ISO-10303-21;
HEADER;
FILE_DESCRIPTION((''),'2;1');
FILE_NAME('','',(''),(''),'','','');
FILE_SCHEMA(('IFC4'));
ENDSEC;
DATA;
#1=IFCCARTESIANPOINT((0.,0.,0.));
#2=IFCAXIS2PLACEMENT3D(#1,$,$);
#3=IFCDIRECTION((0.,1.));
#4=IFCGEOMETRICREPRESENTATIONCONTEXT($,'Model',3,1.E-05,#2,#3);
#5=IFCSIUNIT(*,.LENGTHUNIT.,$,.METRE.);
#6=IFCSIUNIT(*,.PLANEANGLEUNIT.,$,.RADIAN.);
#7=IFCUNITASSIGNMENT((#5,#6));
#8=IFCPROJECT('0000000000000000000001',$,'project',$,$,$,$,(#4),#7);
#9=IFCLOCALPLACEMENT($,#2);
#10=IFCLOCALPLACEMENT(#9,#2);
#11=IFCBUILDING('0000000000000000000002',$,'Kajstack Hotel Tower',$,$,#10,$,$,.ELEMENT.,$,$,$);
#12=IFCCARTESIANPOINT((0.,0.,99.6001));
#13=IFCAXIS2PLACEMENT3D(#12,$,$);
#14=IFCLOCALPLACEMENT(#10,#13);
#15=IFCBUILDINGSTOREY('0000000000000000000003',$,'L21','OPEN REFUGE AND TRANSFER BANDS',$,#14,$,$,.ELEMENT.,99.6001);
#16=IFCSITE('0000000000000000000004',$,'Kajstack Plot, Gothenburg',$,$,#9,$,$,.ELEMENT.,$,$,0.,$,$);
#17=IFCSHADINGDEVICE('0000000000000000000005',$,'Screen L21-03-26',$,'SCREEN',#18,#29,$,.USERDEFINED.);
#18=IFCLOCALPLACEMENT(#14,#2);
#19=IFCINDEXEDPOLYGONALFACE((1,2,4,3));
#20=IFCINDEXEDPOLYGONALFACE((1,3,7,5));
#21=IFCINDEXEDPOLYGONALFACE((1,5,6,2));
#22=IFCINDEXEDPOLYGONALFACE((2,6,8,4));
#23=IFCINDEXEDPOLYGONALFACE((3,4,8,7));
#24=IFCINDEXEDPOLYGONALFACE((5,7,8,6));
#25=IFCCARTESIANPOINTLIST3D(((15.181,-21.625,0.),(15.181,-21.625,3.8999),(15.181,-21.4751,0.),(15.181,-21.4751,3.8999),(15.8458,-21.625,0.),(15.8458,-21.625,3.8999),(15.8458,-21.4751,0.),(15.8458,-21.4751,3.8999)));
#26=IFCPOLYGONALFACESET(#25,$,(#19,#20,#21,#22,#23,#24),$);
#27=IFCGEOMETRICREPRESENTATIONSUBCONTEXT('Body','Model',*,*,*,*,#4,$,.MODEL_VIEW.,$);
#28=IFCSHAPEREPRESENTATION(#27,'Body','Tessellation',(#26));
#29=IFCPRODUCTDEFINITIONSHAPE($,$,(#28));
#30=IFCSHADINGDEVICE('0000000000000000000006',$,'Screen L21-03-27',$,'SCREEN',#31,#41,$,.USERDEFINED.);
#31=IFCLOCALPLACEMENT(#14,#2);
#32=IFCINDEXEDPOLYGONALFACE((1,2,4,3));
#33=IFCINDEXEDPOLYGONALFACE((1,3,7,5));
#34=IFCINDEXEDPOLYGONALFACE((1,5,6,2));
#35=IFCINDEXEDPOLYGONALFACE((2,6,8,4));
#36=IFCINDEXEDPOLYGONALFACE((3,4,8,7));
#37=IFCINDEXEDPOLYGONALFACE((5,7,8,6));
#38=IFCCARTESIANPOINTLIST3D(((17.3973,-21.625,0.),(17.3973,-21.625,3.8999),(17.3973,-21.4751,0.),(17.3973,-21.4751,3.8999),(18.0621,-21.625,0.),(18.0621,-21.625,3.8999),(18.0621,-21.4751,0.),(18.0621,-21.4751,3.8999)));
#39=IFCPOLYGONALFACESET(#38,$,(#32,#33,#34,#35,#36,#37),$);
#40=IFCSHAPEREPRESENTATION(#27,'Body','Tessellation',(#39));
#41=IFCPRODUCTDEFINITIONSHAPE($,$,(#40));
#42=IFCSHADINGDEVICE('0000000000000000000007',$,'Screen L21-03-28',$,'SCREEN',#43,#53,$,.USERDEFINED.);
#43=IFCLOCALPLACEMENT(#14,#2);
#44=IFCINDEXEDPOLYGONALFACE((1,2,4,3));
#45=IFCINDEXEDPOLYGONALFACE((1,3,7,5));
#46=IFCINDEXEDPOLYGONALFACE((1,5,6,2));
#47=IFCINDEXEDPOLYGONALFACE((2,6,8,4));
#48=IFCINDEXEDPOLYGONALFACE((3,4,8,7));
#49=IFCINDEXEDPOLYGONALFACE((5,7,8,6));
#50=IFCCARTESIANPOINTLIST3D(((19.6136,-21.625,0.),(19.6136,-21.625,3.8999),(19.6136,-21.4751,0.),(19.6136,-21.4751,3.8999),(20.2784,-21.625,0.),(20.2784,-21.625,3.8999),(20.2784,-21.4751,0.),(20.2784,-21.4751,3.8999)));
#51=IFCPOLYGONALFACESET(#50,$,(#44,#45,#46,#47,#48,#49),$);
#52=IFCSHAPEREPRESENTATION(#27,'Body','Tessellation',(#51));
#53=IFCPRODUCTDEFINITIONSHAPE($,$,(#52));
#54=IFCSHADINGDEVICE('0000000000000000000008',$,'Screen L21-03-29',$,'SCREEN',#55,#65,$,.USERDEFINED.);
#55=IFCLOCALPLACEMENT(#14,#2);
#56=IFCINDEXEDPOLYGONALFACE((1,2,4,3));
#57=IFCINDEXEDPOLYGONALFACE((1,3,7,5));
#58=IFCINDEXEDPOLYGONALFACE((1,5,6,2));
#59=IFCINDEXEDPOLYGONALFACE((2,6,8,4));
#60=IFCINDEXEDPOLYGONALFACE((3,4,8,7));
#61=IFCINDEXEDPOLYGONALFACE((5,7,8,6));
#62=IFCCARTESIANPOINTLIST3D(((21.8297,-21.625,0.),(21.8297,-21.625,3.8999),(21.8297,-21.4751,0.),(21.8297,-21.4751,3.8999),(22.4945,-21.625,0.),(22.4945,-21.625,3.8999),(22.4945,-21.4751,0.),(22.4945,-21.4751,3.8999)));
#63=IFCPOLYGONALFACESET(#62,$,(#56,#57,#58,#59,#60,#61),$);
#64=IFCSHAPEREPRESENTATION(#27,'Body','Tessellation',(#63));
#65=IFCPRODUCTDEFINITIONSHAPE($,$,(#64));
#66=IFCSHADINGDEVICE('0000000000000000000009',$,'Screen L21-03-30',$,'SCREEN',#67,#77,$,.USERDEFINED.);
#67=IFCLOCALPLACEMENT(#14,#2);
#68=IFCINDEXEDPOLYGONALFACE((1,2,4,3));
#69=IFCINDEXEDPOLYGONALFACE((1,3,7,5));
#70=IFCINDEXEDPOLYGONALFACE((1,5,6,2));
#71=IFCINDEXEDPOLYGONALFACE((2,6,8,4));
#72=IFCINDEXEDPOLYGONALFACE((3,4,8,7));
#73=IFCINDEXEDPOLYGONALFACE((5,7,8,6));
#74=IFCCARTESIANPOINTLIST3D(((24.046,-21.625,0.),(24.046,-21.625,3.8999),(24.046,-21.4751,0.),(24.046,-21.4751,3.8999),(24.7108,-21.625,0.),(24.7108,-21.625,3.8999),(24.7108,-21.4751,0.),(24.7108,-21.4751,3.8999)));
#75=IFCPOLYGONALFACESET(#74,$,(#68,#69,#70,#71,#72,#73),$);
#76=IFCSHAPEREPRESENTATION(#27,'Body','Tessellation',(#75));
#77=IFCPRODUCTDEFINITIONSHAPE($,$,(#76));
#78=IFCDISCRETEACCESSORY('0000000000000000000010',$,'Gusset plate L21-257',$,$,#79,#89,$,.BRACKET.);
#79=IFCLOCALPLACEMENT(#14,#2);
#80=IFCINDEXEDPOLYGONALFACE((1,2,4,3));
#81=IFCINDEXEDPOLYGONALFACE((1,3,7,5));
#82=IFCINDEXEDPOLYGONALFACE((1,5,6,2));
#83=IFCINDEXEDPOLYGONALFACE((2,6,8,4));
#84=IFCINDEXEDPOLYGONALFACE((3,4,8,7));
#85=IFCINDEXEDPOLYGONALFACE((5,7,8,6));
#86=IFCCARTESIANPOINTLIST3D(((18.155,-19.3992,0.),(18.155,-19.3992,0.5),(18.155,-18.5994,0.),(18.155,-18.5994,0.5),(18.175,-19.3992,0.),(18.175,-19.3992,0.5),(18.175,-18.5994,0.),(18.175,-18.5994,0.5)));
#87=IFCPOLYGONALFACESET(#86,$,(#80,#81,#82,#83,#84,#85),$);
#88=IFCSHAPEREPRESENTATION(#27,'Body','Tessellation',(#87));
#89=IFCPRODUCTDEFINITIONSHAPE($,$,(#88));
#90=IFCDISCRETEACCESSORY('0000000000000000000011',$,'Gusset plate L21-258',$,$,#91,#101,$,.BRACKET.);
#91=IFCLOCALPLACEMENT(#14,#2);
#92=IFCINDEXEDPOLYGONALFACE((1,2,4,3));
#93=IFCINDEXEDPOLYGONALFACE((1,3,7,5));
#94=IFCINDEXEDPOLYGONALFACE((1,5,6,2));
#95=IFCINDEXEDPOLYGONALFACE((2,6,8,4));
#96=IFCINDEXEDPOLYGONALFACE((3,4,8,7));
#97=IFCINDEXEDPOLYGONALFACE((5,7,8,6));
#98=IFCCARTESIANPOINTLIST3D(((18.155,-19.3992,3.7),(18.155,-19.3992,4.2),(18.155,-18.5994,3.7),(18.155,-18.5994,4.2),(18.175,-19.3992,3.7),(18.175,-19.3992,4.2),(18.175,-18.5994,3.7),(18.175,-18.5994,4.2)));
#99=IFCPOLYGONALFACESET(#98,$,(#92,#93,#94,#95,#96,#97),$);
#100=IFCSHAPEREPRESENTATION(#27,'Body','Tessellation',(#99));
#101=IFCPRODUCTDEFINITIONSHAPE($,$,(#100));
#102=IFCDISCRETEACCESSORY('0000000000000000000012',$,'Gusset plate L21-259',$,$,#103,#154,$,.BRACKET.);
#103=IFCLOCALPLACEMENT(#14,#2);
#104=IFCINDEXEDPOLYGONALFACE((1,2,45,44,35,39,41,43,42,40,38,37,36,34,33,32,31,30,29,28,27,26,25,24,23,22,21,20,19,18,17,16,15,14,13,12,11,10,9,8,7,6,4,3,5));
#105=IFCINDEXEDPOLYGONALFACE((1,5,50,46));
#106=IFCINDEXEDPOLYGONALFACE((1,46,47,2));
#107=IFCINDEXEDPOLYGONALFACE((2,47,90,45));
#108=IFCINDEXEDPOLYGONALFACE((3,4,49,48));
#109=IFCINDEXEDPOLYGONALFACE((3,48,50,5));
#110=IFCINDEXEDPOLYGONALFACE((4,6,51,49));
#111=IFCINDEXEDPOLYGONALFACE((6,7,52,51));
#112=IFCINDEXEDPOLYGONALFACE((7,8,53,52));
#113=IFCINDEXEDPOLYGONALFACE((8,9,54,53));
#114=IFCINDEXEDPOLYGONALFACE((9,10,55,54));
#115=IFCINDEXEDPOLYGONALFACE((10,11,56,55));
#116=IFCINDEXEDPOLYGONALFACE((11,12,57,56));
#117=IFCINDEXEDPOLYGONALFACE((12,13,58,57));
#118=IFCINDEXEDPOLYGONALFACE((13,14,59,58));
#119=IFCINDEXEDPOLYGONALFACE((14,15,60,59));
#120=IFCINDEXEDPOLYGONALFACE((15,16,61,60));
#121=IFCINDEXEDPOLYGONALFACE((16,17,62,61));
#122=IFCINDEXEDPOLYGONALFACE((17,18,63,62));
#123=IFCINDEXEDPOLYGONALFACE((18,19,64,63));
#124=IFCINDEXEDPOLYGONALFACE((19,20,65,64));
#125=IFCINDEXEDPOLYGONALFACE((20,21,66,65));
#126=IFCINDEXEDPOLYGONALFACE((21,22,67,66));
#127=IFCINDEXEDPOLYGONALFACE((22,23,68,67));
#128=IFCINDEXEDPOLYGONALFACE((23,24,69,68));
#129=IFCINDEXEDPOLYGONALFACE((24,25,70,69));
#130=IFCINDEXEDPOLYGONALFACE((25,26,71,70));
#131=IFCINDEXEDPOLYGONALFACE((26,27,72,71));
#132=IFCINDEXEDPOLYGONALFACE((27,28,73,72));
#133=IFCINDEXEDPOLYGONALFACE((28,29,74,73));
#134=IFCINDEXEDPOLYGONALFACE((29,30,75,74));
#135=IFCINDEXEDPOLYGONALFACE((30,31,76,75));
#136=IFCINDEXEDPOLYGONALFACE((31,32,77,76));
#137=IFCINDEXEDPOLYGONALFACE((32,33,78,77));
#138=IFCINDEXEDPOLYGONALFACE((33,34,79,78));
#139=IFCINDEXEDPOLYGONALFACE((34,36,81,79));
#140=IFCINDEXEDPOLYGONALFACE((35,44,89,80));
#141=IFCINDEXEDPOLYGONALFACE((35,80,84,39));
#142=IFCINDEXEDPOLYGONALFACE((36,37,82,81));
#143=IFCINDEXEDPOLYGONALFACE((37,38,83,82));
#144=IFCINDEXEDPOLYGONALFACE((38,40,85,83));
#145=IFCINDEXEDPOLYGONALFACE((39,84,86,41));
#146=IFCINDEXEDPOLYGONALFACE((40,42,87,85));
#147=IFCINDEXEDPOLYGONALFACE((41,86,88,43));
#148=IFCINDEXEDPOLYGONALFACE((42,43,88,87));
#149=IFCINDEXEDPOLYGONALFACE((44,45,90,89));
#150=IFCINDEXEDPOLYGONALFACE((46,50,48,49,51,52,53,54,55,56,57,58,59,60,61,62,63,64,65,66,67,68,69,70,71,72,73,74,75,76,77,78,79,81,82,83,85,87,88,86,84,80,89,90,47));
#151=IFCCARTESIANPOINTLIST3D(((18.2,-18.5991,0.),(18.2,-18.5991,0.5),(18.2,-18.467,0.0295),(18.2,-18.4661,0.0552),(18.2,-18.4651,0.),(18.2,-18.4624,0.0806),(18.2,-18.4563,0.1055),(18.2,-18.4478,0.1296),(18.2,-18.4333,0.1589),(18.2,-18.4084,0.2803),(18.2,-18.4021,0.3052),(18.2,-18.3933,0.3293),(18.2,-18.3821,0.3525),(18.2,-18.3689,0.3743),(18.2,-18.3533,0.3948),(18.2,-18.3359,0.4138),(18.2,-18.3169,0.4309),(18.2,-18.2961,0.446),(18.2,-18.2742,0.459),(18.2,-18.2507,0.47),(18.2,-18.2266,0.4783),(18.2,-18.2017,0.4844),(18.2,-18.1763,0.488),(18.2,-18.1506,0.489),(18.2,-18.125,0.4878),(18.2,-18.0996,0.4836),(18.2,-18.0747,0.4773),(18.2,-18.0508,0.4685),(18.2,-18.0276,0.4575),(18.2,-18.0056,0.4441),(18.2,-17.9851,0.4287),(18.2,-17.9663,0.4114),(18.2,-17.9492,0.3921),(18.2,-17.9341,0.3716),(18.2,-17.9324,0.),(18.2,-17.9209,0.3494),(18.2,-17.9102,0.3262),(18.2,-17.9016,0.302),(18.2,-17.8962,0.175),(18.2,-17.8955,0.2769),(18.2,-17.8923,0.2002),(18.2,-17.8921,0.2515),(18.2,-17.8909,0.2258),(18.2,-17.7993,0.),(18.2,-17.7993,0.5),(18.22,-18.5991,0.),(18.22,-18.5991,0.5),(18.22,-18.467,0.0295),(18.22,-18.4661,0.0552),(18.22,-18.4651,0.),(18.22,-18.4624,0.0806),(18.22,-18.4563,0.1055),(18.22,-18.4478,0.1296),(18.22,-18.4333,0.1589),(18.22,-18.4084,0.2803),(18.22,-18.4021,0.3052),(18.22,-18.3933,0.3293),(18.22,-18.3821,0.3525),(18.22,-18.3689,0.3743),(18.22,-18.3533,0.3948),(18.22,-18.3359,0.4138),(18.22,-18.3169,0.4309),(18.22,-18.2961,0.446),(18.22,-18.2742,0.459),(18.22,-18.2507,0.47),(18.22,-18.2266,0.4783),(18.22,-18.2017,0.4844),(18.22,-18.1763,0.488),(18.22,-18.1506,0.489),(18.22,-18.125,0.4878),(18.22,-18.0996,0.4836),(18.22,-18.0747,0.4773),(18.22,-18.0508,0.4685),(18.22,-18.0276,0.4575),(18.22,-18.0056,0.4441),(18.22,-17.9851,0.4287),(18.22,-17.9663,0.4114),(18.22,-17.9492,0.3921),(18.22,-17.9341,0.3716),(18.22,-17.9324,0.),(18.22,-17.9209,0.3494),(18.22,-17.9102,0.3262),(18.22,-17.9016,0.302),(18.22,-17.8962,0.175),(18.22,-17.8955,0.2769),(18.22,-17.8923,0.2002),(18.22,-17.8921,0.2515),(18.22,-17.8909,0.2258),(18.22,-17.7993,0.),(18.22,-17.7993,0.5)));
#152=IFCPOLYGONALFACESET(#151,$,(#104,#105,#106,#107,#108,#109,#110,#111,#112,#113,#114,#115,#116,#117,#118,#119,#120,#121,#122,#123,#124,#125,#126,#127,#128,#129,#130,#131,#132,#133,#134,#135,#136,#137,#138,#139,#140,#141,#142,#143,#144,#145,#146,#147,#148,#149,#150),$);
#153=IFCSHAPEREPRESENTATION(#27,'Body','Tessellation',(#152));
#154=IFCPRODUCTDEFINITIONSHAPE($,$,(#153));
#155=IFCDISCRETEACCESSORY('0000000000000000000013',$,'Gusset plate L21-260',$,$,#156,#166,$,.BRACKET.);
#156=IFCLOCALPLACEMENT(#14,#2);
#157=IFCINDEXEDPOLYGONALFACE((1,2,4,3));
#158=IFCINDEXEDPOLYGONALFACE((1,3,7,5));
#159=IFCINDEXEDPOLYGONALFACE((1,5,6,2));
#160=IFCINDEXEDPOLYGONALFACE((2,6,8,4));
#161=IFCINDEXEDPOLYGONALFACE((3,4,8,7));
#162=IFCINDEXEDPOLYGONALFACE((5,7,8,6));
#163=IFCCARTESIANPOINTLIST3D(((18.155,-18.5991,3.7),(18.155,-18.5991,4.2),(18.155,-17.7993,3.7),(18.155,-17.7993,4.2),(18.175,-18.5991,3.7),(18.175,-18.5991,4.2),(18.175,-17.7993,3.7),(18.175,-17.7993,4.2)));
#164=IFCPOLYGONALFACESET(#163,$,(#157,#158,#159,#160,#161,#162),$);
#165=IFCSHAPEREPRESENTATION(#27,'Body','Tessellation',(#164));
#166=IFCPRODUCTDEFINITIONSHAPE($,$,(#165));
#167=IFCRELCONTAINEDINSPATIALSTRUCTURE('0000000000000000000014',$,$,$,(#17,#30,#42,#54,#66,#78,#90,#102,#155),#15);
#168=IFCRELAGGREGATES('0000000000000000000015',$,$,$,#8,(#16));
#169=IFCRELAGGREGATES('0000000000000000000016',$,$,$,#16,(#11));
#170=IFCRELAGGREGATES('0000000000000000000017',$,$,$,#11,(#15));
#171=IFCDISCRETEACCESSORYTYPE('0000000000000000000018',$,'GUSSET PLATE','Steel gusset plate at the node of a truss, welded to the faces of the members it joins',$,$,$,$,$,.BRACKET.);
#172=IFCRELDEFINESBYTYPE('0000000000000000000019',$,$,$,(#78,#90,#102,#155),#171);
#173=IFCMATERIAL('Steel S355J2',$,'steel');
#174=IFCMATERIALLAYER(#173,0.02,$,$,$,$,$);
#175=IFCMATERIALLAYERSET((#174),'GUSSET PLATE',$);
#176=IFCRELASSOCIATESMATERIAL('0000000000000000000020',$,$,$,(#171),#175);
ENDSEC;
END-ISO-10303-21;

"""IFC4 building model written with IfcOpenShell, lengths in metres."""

from ifc_helpers import new_model, si_unit, direction, frame, origin, origin_2d, place, context, subcontext, project, spatial, polyline, rectangle, outline, extrude, material, layer, layer_set, type_object, element, save


model = new_model("IFC4")

# Units and contexts
model_context = context("Model", 3, precision=1e-05, world=origin(), true_north=direction((0.0, 1.0)))
body_context = subcontext(model_context, "Body", "Model", "MODEL_VIEW")
ifc_project = project(units=[si_unit("LENGTHUNIT", "METRE"), si_unit("PLANEANGLEUNIT", "RADIAN")], contexts=[model_context])

# Site, building, storey
site_placement = place(None, origin())
site = spatial("IfcSite", under=ifc_project, at=site_placement, Name="Kajstack Plot, Gothenburg", CompositionType="ELEMENT", RefElevation=0.0)
building_placement = place(site_placement, origin())
building = spatial("IfcBuilding", under=site, at=building_placement, Name="Kajstack Hotel Tower", CompositionType="ELEMENT")
storey_placement = place(building_placement, frame((0.0, 0.0, 99.6001)))
storey = spatial("IfcBuildingStorey", under=building, at=storey_placement, Name="L21", Description="OPEN REFUGE AND TRANSFER BANDS", CompositionType="ELEMENT", Elevation=99.6001)

# Shared definitions
ifc_material_1 = material(Name="Steel S355J2", Category="steel")

# Shading devices
for number, where, z_axis, x_axis, name in (
    (1, (15.5134, -21.55, 0.0), (0.0, 0.0, 1.0), (1.0, 0.0, 0.0), "Screen L21-03-26"),
    (2, (17.7297, -21.55, 0.0), (0.0, 0.0, 1.0), (1.0, 0.0, 0.0), "Screen L21-03-27"),
    (3, (19.946, -21.55, 0.0), (0.0, 0.0, 1.0), (1.0, 0.0, 0.0), "Screen L21-03-28"),
    (4, (22.1621, -21.55, 0.0), (0.0, 0.0, 1.0), (1.0, 0.0, 0.0), "Screen L21-03-29"),
    (5, (24.3784, -21.55, 0.0), (0.0, 0.0, 1.0), (1.0, 0.0, 0.0), "Screen L21-03-30"),
):
    element("IfcShadingDevice", number, at=place(storey_placement, frame(where, z_axis=z_axis, x_axis=x_axis)), inside=storey, Name=name, ObjectType="SCREEN", PredefinedType="USERDEFINED", context=body_context, shape_type="SweptSolid", body=[
        extrude(rectangle(XDim=0.6648, YDim=0.1499, at=origin_2d()), origin(), (0.0, 0.0, 1.0), 3.8999),
    ])

# Discrete accessories
ifc_layer_1 = layer(ifc_material_1, 0.02)
ifc_layer_set_1 = layer_set([ifc_layer_1], Name="GUSSET PLATE")
discrete_accessory_type = type_object("IfcDiscreteAccessoryType", Name="GUSSET PLATE", Description="Steel gusset plate at the node of a truss, welded to the faces of the members it joins", PredefinedType="BRACKET", material=ifc_layer_set_1)
for number, where, z_axis, x_axis, name in (
    (6, (18.155, -18.9993, 0.0), (1.0, 0.0, 0.0), (0.0, 1.0, 0.0), "Gusset plate L21-257"),
    (7, (18.155, -18.9993, 3.7), (1.0, 0.0, 0.0), (0.0, 1.0, 0.0), "Gusset plate L21-258"),
):
    element("IfcDiscreteAccessory", number, at=place(storey_placement, frame(where, z_axis=z_axis, x_axis=x_axis)), inside=storey, type_object=discrete_accessory_type, Name=name, PredefinedType="BRACKET", context=body_context, shape_type="SweptSolid", body=[
        extrude(outline(polyline([(-0.3999, 0.0), (0.3999, 0.0), (0.3999, 0.5), (-0.3999, 0.5), (-0.3999, 0.0)])), origin(), (0.0, 0.0, 1.0), 0.02),
    ])
discrete_accessory_1_placement = place(storey_placement, frame((18.2, -18.1992, 0.0), z_axis=(1.0, 0.0, 0.0), x_axis=(0.0, 1.0, 0.0)))
element("IfcDiscreteAccessory", 8, at=discrete_accessory_1_placement, inside=storey, type_object=discrete_accessory_type, Name="Gusset plate L21-259", PredefinedType="BRACKET", context=body_context, shape_type="SweptSolid", body=[
    extrude(outline(polyline([(-0.3999, 0.0), (-0.2659, 0.0), (-0.2678, 0.0295), (-0.2668, 0.0552), (-0.2632, 0.0806), (-0.2571, 0.1055), (-0.2485, 0.1296), (-0.2341, 0.1589), (-0.2092, 0.2803), (-0.2029, 0.3052), (-0.1941, 0.3293), (-0.1829, 0.3525), (-0.1697, 0.3743), (-0.1541, 0.3948), (-0.1367, 0.4138), (-0.1177, 0.4309), (-0.0969, 0.446), (-0.075, 0.459), (-0.0515, 0.47), (-0.0273, 0.4783), (-0.0024, 0.4844), (0.0229, 0.488), (0.0486, 0.489), (0.0742, 0.4878), (0.0996, 0.4836), (0.1245, 0.4773), (0.1484, 0.4685), (0.1716, 0.4575), (0.1936, 0.4441), (0.2141, 0.4287), (0.2329, 0.4114), (0.25, 0.3921), (0.2651, 0.3716), (0.2783, 0.3494), (0.2891, 0.3262), (0.2976, 0.302), (0.3037, 0.2769), (0.3071, 0.2515), (0.3083, 0.2258), (0.3069, 0.2002), (0.303, 0.175), (0.2668, 0.0), (0.3999, 0.0), (0.3999, 0.5), (-0.3999, 0.5), (-0.3999, 0.0)])), origin(), (0.0, 0.0, 1.0), 0.02),
])
discrete_accessory_2_placement = place(storey_placement, frame((18.155, -18.1992, 3.7), z_axis=(1.0, 0.0, 0.0), x_axis=(0.0, 1.0, 0.0)))
element("IfcDiscreteAccessory", 9, at=discrete_accessory_2_placement, inside=storey, type_object=discrete_accessory_type, Name="Gusset plate L21-260", PredefinedType="BRACKET", context=body_context, shape_type="SweptSolid", body=[
    extrude(outline(polyline([(-0.3999, 0.0), (0.3999, 0.0), (0.3999, 0.5), (-0.3999, 0.5), (-0.3999, 0.0)])), origin(), (0.0, 0.0, 1.0), 0.02),
])

save(model, "model.ifc")
